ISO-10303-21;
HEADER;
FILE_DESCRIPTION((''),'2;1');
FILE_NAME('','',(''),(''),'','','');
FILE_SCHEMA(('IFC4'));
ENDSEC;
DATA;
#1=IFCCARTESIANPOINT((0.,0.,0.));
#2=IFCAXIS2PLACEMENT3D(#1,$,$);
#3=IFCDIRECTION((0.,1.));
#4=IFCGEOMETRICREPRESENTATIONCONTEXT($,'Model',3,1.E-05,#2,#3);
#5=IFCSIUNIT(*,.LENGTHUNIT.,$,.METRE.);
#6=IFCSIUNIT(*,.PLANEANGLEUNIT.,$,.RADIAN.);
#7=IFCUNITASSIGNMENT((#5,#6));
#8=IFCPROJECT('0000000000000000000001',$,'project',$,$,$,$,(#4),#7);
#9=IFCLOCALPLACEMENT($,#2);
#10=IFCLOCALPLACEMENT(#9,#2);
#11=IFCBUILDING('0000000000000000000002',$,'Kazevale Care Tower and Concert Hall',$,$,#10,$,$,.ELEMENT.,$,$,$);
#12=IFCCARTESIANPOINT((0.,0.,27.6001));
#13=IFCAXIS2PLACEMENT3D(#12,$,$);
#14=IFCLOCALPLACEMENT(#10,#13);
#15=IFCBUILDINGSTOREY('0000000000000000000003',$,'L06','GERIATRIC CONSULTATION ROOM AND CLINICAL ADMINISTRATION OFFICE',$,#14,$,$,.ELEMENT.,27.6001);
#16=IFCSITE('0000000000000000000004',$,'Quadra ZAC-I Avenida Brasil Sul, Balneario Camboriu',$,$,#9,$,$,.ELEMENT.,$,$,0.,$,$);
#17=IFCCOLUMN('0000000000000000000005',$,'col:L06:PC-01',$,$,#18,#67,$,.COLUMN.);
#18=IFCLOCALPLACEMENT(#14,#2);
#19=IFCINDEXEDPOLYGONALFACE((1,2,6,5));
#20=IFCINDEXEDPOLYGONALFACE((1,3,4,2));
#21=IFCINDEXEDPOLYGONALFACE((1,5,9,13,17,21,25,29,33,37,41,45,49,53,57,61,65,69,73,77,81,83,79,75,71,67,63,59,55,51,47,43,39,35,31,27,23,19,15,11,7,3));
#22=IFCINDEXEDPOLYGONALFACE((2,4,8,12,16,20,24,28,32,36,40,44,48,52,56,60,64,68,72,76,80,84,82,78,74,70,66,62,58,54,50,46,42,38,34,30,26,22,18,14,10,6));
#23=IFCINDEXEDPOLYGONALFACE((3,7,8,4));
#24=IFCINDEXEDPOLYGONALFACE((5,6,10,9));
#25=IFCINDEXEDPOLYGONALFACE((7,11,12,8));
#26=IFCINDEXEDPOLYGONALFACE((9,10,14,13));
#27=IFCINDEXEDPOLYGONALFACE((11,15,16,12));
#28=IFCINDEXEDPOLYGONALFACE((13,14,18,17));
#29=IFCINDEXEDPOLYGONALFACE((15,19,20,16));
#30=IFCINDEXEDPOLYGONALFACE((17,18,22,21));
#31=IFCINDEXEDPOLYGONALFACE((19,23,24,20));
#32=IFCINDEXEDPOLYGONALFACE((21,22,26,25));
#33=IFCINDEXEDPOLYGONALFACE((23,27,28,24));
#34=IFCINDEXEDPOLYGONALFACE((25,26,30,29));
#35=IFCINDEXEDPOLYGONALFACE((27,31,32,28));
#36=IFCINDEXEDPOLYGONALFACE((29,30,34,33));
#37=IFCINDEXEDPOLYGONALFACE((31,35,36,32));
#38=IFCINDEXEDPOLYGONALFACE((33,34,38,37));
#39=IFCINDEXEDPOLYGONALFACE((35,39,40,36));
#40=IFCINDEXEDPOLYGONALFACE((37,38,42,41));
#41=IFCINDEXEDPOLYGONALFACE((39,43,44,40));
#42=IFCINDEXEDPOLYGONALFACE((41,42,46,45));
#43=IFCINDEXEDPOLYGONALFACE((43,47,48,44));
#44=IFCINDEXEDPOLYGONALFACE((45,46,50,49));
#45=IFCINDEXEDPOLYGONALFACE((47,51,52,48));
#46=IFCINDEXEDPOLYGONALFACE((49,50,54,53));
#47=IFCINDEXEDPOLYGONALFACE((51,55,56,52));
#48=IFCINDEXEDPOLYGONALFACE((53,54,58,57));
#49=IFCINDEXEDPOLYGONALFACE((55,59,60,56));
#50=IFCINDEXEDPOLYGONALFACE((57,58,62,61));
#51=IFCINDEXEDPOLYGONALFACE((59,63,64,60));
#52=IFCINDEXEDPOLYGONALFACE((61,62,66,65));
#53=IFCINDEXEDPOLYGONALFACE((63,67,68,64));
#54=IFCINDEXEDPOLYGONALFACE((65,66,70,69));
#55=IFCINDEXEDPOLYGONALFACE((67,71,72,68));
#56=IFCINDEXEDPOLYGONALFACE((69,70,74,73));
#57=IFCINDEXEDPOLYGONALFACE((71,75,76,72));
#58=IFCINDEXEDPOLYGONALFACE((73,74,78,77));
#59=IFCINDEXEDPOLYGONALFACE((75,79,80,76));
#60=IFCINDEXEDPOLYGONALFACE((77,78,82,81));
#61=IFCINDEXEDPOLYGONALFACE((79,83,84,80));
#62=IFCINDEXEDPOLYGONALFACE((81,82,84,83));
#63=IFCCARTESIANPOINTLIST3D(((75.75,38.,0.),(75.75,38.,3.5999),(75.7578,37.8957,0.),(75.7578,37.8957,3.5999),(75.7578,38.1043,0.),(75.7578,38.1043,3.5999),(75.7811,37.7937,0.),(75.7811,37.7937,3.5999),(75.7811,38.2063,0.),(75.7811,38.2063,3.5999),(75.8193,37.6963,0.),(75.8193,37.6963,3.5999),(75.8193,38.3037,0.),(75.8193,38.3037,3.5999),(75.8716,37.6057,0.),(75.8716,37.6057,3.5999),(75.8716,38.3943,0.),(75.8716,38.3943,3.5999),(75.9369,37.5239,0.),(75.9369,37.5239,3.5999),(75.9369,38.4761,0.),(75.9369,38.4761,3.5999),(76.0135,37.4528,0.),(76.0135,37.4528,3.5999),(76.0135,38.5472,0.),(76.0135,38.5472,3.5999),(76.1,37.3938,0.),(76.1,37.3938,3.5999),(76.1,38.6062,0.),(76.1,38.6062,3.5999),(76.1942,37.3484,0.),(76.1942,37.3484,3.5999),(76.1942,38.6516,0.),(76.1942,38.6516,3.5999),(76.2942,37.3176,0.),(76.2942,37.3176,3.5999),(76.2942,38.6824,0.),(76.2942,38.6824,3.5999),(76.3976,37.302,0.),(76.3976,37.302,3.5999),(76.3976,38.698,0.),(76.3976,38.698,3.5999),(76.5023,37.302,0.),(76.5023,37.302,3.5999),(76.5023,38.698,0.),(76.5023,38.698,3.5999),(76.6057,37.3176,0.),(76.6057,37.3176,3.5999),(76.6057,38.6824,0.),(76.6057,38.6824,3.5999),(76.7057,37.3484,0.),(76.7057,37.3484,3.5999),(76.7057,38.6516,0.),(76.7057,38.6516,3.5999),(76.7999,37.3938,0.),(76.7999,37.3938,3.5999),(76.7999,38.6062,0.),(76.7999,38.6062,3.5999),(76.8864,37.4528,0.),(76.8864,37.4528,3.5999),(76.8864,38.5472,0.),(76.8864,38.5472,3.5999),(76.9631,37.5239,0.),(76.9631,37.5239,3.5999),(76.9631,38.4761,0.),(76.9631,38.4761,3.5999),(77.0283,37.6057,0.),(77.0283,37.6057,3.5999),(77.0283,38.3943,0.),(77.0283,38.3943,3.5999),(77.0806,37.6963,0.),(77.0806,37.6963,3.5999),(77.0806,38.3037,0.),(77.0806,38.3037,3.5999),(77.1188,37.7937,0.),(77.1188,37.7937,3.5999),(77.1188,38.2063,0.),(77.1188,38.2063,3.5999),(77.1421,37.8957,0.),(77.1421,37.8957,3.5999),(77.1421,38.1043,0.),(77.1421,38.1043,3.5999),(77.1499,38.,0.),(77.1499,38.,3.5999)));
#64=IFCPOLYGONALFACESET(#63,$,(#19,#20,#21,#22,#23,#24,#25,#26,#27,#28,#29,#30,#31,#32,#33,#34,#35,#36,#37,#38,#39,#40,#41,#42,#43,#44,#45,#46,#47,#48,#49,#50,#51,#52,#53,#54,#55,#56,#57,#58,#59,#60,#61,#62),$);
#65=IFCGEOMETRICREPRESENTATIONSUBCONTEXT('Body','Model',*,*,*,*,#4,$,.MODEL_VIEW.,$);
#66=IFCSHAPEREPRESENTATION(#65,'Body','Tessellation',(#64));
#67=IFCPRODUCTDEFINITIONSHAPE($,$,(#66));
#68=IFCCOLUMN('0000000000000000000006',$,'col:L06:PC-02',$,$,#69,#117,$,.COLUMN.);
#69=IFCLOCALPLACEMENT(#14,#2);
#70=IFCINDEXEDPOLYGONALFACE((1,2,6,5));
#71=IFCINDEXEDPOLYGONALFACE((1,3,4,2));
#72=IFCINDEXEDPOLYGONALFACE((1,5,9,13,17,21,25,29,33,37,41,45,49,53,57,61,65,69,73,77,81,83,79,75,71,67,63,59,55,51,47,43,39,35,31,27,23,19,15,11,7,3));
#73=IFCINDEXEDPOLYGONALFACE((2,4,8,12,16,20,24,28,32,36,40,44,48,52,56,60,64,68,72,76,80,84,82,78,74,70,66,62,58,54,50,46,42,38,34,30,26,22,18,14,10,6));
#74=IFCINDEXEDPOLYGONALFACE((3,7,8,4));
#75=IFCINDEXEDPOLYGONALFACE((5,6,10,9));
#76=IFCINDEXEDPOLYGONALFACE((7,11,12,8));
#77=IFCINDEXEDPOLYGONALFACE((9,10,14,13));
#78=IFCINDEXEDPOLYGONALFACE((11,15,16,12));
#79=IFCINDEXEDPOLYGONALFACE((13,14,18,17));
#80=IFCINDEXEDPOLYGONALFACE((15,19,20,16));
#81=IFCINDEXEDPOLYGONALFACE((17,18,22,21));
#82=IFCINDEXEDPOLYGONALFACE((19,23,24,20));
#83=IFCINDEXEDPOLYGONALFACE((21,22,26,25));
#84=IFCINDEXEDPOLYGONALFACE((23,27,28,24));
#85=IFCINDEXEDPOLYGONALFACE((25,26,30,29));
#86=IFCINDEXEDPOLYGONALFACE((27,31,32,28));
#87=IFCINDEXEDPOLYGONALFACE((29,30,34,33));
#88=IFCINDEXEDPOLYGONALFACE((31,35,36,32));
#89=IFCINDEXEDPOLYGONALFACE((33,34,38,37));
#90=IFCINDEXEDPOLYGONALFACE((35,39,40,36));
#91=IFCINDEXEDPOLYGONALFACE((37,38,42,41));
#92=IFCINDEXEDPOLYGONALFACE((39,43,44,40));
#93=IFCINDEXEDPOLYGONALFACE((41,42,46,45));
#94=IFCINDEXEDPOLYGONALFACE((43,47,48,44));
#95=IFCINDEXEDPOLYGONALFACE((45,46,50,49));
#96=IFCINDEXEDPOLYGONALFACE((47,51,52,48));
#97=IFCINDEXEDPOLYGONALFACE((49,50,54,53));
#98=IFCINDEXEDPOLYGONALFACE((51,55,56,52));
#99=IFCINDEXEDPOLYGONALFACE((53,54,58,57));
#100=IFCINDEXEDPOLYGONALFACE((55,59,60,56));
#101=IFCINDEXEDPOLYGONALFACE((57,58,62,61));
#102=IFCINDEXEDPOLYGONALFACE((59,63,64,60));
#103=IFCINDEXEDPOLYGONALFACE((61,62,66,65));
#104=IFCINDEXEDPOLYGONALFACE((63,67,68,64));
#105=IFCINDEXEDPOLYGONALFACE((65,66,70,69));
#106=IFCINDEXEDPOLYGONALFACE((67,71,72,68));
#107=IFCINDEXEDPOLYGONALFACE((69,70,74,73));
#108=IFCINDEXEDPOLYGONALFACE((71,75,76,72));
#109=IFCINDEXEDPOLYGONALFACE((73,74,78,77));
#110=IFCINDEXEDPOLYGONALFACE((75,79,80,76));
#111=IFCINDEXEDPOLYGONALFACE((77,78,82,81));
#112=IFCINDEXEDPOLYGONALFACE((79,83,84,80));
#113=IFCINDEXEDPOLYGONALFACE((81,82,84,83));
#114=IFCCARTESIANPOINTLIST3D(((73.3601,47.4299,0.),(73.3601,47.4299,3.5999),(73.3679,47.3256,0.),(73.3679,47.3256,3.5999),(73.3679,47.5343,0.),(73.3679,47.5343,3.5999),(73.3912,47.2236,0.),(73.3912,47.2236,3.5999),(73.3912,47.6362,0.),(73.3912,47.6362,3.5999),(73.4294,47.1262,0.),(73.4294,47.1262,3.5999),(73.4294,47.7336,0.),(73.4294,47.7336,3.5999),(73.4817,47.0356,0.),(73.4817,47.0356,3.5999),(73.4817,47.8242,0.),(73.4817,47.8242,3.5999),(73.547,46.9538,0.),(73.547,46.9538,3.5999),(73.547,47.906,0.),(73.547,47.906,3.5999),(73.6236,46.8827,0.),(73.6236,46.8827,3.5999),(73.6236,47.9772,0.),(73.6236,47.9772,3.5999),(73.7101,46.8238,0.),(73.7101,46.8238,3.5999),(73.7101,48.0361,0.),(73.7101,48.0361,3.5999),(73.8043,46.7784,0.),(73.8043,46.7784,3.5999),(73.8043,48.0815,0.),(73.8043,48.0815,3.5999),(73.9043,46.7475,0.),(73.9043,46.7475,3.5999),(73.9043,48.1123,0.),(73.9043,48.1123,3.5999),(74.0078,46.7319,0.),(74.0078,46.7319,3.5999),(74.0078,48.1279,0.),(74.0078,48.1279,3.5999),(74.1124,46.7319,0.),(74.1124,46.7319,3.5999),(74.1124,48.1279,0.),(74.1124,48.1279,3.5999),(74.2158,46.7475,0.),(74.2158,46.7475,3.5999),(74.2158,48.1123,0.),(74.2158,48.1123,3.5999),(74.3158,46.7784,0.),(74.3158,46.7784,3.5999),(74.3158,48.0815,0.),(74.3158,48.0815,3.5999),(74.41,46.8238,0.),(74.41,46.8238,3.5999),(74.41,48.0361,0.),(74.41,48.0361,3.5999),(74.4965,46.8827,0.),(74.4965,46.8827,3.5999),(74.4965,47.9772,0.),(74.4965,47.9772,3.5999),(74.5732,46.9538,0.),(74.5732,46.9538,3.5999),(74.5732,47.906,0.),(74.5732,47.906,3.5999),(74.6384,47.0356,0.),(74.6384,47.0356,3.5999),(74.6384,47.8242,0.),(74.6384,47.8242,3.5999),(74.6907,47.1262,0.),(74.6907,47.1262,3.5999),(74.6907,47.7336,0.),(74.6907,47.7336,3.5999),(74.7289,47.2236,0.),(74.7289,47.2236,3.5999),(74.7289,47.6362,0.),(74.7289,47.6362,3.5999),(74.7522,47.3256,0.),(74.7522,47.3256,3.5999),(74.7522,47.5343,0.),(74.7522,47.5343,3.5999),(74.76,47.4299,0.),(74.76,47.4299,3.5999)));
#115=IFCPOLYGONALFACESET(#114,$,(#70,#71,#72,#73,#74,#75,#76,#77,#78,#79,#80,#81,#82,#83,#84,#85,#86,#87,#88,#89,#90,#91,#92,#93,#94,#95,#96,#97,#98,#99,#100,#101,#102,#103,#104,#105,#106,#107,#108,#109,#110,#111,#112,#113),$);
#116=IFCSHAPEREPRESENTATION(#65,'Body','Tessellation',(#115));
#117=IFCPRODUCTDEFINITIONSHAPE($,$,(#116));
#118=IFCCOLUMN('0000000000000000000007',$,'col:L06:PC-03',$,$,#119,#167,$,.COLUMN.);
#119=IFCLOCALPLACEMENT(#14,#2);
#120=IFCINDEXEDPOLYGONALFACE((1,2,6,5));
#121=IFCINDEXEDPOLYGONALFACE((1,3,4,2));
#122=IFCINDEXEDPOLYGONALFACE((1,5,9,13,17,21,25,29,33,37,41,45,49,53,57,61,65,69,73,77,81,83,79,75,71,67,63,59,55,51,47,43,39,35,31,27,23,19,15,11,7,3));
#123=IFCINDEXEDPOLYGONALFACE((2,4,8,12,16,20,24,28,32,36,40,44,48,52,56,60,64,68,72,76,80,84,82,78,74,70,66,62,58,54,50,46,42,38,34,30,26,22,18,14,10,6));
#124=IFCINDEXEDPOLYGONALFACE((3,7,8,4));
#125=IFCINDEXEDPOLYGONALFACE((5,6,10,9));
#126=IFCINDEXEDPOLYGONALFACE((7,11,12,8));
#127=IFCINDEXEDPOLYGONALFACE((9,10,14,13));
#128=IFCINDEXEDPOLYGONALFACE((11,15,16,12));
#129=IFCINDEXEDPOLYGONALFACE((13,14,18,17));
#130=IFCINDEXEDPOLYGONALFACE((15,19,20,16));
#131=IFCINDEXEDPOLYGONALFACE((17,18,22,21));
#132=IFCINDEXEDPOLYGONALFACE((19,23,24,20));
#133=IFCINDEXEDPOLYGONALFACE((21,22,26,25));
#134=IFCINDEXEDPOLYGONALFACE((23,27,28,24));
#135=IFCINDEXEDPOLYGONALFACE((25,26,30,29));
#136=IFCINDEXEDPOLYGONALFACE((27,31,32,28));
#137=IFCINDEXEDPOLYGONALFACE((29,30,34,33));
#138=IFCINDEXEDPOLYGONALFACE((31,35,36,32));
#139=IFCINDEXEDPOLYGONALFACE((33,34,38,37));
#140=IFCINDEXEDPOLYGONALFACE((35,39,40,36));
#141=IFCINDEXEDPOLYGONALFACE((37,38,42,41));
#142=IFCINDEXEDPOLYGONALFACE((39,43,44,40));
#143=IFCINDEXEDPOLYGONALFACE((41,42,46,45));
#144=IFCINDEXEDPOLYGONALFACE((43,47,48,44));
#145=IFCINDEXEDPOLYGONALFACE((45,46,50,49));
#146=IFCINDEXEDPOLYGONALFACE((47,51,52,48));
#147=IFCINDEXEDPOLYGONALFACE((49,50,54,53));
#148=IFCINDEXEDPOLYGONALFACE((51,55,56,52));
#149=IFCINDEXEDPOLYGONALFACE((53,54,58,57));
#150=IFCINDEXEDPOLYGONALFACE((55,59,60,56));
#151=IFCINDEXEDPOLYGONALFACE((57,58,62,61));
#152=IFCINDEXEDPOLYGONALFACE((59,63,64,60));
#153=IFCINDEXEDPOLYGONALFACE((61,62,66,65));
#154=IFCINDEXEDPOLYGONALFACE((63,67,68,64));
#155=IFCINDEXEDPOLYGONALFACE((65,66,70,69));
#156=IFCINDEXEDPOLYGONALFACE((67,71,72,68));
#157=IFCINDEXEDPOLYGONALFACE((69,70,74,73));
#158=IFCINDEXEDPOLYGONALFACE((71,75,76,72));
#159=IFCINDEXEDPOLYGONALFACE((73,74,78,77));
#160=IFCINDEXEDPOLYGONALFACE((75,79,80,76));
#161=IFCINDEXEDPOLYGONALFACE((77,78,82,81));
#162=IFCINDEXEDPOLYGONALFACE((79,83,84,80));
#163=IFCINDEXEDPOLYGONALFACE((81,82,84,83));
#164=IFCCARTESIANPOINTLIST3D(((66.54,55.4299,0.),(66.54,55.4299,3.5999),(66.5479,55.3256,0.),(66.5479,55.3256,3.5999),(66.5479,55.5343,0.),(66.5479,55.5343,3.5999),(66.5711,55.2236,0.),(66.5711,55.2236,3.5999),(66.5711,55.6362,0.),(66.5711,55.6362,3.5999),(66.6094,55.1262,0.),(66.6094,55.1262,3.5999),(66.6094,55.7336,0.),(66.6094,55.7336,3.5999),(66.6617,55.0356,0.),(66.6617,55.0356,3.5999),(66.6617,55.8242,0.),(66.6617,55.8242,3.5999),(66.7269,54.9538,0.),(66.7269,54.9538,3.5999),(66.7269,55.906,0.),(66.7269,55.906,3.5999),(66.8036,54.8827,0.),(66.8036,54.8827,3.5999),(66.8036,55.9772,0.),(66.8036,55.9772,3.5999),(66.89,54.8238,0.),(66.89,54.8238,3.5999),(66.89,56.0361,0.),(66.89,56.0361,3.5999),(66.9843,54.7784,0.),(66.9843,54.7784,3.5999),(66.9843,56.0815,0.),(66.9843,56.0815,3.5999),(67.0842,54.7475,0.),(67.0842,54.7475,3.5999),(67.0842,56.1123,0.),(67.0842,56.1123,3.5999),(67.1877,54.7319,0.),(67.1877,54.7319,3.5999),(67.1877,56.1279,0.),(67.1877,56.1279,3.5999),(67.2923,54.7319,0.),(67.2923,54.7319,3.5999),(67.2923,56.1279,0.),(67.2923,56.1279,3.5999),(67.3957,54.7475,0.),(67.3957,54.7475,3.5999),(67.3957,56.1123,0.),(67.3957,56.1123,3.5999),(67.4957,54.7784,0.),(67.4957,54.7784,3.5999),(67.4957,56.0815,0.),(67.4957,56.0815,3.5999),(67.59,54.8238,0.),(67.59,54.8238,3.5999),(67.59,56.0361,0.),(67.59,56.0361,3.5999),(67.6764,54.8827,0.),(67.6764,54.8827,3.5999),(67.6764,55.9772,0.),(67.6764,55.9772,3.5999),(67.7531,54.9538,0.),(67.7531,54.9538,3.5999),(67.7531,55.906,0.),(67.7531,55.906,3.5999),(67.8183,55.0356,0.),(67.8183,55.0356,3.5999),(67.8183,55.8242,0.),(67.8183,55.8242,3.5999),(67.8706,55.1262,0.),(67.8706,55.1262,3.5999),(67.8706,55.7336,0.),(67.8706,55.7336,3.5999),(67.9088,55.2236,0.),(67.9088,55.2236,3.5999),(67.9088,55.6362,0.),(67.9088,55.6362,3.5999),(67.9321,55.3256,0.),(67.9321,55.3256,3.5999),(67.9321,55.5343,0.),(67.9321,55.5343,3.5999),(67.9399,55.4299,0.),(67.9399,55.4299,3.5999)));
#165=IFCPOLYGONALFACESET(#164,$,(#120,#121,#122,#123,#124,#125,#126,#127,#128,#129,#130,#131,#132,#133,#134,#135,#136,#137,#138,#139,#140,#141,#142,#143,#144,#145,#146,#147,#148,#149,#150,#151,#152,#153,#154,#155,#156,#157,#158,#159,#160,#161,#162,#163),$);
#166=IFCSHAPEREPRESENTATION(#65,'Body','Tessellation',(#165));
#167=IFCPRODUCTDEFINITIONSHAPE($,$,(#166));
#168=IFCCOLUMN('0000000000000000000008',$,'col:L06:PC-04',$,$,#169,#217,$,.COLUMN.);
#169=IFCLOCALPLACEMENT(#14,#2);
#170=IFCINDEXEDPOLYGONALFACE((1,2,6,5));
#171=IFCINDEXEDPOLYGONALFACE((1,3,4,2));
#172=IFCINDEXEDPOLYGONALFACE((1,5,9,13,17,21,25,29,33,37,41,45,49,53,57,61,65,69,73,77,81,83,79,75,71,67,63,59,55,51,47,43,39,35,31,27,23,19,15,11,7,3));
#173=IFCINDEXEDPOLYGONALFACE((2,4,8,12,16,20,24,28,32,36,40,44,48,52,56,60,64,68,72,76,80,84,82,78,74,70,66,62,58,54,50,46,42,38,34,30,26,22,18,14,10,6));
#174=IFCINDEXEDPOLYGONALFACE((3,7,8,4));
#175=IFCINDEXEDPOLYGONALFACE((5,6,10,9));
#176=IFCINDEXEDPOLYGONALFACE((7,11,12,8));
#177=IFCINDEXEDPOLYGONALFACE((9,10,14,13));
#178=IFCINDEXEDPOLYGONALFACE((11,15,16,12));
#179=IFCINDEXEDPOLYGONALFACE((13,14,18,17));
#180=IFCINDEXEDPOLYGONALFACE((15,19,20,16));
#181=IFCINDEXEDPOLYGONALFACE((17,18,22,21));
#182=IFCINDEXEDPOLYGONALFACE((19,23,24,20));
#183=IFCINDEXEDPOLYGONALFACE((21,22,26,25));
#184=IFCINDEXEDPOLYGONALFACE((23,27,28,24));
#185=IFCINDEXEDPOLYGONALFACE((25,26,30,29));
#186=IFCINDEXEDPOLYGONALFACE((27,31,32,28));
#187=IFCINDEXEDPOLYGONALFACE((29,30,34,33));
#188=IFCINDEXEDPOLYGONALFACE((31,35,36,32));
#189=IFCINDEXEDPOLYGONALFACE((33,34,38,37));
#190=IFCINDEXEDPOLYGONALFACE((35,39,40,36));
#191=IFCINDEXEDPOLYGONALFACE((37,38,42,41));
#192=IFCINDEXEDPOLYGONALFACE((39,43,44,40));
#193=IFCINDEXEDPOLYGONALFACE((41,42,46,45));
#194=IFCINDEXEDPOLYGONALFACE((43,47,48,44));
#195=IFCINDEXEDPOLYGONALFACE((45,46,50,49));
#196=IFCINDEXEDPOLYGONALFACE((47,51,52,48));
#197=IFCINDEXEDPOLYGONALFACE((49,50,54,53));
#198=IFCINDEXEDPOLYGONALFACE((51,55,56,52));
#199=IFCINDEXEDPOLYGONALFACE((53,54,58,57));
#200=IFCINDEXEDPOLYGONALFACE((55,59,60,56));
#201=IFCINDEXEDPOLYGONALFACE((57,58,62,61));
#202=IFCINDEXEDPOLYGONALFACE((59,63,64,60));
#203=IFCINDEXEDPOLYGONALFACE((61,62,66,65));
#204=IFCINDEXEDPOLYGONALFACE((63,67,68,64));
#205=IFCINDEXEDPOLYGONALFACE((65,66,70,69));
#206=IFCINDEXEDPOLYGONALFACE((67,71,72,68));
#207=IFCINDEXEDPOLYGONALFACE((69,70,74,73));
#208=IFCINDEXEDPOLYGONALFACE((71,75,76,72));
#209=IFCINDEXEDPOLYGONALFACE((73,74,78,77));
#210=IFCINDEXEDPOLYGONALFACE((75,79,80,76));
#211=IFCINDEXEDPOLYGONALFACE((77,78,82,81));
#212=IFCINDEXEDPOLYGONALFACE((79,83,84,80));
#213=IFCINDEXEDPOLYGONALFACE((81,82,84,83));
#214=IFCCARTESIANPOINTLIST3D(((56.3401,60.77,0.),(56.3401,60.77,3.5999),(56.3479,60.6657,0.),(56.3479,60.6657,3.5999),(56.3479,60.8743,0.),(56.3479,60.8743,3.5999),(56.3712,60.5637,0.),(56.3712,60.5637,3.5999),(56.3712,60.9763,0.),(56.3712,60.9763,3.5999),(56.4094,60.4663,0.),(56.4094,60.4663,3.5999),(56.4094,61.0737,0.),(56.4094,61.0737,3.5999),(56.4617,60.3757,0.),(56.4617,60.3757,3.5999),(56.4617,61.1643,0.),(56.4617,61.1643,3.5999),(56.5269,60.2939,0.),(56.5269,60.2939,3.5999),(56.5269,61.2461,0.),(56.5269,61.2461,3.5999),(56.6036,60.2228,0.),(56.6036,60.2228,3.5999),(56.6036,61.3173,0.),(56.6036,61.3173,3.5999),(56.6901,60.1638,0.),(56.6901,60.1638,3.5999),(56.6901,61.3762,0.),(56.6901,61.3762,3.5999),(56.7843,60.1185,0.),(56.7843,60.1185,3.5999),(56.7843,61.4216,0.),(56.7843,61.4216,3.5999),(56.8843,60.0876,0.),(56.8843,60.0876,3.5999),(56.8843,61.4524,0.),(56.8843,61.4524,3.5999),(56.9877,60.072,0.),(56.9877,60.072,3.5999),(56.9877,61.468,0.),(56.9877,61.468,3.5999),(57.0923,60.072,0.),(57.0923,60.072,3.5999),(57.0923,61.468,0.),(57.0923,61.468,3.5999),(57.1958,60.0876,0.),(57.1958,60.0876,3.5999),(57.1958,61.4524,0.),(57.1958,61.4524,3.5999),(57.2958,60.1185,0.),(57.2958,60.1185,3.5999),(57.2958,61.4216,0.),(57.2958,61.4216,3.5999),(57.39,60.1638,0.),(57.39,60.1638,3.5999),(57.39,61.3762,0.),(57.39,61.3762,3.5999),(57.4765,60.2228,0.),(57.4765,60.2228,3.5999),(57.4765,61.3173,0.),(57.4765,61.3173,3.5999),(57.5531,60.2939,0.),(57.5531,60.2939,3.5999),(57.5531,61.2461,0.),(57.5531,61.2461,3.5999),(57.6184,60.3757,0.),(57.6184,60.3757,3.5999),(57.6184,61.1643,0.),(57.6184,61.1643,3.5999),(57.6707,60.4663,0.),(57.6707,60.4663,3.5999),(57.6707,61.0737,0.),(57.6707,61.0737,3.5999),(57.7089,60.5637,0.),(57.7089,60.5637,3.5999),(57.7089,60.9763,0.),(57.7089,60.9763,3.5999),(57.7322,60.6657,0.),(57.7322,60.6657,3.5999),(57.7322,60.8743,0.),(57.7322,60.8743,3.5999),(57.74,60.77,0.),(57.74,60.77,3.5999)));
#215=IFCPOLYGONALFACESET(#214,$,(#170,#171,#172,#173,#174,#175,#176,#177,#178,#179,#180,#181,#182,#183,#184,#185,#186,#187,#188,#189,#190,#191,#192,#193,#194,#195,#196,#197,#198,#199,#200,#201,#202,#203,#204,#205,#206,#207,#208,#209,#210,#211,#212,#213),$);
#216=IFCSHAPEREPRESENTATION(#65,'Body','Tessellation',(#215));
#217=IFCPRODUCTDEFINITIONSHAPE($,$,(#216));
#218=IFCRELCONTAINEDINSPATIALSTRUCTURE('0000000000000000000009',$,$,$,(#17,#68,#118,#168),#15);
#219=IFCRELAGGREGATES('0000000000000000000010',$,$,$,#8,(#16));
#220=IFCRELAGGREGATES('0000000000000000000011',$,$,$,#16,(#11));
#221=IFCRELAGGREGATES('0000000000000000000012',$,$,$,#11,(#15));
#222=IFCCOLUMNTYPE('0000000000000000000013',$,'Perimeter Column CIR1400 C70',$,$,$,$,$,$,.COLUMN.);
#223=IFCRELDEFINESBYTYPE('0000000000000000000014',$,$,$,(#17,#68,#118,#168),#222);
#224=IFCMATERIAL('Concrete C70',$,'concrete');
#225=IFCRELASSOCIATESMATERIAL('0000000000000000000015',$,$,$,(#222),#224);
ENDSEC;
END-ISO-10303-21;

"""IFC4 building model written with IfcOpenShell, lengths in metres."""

from ifc_helpers import new_model, si_unit, direction, frame, origin, origin_2d, place, context, subcontext, project, spatial, circle, extrude, material, material_profile, profile_set, type_object, element, save


model = new_model("IFC4")

# Units and contexts
model_context = context("Model", 3, precision=1e-05, world=origin(), true_north=direction((0.0, 1.0)))
body_context = subcontext(model_context, "Body", "Model", "MODEL_VIEW")
ifc_project = project(units=[si_unit("LENGTHUNIT", "METRE"), si_unit("PLANEANGLEUNIT", "RADIAN")], contexts=[model_context])

# Site, building, storey
site_placement = place(None, origin())
site = spatial("IfcSite", under=ifc_project, at=site_placement, Name="Quadra ZAC-I Avenida Brasil Sul, Balneario Camboriu", CompositionType="ELEMENT", RefElevation=0.0)
building_placement = place(site_placement, origin())
building = spatial("IfcBuilding", under=site, at=building_placement, Name="Kazevale Care Tower and Concert Hall", CompositionType="ELEMENT")
storey_placement = place(building_placement, frame((0.0, 0.0, 27.6001)))
storey = spatial("IfcBuildingStorey", under=building, at=storey_placement, Name="L06", Description="GERIATRIC CONSULTATION ROOM AND CLINICAL ADMINISTRATION OFFICE", CompositionType="ELEMENT", Elevation=27.6001)

# Columns
ifc_material_1 = material(Name="Concrete C70", Category="concrete")
ifc_material_profile_1 = material_profile(ifc_material_1, circle(Radius=0.7, at=origin_2d()), Name="RC-CIR1400")
ifc_profile_set_1 = profile_set([ifc_material_profile_1], Name="Concrete C70")
column_type = type_object("IfcColumnType", Name="Perimeter Column CIR1400 C70", PredefinedType="COLUMN", material=ifc_profile_set_1)
for number, where, z_axis, x_axis, name in (
    (1, (76.45, 38.0, 0.0), (0.0, 0.0, 1.0), (1.0, 0.0, 0.0), "col:L06:PC-01"),
    (2, (74.0601, 47.4299, 0.0), (0.0, 0.0, 1.0), (1.0, 0.0, 0.0), "col:L06:PC-02"),
    (3, (67.24, 55.4299, 0.0), (0.0, 0.0, 1.0), (1.0, 0.0, 0.0), "col:L06:PC-03"),
    (4, (57.04, 60.77, 0.0), (0.0, 0.0, 1.0), (1.0, 0.0, 0.0), "col:L06:PC-04"),
):
    element("IfcColumn", number, at=place(storey_placement, frame(where, z_axis=z_axis, x_axis=x_axis)), inside=storey, type_object=column_type, Name=name, PredefinedType="COLUMN", context=body_context, shape_type="SweptSolid", body=[
        extrude(circle(Radius=0.7, at=origin_2d()), origin(), (0.0, 0.0, 1.0), 3.5999),
    ])

save(model, "model.ifc")
